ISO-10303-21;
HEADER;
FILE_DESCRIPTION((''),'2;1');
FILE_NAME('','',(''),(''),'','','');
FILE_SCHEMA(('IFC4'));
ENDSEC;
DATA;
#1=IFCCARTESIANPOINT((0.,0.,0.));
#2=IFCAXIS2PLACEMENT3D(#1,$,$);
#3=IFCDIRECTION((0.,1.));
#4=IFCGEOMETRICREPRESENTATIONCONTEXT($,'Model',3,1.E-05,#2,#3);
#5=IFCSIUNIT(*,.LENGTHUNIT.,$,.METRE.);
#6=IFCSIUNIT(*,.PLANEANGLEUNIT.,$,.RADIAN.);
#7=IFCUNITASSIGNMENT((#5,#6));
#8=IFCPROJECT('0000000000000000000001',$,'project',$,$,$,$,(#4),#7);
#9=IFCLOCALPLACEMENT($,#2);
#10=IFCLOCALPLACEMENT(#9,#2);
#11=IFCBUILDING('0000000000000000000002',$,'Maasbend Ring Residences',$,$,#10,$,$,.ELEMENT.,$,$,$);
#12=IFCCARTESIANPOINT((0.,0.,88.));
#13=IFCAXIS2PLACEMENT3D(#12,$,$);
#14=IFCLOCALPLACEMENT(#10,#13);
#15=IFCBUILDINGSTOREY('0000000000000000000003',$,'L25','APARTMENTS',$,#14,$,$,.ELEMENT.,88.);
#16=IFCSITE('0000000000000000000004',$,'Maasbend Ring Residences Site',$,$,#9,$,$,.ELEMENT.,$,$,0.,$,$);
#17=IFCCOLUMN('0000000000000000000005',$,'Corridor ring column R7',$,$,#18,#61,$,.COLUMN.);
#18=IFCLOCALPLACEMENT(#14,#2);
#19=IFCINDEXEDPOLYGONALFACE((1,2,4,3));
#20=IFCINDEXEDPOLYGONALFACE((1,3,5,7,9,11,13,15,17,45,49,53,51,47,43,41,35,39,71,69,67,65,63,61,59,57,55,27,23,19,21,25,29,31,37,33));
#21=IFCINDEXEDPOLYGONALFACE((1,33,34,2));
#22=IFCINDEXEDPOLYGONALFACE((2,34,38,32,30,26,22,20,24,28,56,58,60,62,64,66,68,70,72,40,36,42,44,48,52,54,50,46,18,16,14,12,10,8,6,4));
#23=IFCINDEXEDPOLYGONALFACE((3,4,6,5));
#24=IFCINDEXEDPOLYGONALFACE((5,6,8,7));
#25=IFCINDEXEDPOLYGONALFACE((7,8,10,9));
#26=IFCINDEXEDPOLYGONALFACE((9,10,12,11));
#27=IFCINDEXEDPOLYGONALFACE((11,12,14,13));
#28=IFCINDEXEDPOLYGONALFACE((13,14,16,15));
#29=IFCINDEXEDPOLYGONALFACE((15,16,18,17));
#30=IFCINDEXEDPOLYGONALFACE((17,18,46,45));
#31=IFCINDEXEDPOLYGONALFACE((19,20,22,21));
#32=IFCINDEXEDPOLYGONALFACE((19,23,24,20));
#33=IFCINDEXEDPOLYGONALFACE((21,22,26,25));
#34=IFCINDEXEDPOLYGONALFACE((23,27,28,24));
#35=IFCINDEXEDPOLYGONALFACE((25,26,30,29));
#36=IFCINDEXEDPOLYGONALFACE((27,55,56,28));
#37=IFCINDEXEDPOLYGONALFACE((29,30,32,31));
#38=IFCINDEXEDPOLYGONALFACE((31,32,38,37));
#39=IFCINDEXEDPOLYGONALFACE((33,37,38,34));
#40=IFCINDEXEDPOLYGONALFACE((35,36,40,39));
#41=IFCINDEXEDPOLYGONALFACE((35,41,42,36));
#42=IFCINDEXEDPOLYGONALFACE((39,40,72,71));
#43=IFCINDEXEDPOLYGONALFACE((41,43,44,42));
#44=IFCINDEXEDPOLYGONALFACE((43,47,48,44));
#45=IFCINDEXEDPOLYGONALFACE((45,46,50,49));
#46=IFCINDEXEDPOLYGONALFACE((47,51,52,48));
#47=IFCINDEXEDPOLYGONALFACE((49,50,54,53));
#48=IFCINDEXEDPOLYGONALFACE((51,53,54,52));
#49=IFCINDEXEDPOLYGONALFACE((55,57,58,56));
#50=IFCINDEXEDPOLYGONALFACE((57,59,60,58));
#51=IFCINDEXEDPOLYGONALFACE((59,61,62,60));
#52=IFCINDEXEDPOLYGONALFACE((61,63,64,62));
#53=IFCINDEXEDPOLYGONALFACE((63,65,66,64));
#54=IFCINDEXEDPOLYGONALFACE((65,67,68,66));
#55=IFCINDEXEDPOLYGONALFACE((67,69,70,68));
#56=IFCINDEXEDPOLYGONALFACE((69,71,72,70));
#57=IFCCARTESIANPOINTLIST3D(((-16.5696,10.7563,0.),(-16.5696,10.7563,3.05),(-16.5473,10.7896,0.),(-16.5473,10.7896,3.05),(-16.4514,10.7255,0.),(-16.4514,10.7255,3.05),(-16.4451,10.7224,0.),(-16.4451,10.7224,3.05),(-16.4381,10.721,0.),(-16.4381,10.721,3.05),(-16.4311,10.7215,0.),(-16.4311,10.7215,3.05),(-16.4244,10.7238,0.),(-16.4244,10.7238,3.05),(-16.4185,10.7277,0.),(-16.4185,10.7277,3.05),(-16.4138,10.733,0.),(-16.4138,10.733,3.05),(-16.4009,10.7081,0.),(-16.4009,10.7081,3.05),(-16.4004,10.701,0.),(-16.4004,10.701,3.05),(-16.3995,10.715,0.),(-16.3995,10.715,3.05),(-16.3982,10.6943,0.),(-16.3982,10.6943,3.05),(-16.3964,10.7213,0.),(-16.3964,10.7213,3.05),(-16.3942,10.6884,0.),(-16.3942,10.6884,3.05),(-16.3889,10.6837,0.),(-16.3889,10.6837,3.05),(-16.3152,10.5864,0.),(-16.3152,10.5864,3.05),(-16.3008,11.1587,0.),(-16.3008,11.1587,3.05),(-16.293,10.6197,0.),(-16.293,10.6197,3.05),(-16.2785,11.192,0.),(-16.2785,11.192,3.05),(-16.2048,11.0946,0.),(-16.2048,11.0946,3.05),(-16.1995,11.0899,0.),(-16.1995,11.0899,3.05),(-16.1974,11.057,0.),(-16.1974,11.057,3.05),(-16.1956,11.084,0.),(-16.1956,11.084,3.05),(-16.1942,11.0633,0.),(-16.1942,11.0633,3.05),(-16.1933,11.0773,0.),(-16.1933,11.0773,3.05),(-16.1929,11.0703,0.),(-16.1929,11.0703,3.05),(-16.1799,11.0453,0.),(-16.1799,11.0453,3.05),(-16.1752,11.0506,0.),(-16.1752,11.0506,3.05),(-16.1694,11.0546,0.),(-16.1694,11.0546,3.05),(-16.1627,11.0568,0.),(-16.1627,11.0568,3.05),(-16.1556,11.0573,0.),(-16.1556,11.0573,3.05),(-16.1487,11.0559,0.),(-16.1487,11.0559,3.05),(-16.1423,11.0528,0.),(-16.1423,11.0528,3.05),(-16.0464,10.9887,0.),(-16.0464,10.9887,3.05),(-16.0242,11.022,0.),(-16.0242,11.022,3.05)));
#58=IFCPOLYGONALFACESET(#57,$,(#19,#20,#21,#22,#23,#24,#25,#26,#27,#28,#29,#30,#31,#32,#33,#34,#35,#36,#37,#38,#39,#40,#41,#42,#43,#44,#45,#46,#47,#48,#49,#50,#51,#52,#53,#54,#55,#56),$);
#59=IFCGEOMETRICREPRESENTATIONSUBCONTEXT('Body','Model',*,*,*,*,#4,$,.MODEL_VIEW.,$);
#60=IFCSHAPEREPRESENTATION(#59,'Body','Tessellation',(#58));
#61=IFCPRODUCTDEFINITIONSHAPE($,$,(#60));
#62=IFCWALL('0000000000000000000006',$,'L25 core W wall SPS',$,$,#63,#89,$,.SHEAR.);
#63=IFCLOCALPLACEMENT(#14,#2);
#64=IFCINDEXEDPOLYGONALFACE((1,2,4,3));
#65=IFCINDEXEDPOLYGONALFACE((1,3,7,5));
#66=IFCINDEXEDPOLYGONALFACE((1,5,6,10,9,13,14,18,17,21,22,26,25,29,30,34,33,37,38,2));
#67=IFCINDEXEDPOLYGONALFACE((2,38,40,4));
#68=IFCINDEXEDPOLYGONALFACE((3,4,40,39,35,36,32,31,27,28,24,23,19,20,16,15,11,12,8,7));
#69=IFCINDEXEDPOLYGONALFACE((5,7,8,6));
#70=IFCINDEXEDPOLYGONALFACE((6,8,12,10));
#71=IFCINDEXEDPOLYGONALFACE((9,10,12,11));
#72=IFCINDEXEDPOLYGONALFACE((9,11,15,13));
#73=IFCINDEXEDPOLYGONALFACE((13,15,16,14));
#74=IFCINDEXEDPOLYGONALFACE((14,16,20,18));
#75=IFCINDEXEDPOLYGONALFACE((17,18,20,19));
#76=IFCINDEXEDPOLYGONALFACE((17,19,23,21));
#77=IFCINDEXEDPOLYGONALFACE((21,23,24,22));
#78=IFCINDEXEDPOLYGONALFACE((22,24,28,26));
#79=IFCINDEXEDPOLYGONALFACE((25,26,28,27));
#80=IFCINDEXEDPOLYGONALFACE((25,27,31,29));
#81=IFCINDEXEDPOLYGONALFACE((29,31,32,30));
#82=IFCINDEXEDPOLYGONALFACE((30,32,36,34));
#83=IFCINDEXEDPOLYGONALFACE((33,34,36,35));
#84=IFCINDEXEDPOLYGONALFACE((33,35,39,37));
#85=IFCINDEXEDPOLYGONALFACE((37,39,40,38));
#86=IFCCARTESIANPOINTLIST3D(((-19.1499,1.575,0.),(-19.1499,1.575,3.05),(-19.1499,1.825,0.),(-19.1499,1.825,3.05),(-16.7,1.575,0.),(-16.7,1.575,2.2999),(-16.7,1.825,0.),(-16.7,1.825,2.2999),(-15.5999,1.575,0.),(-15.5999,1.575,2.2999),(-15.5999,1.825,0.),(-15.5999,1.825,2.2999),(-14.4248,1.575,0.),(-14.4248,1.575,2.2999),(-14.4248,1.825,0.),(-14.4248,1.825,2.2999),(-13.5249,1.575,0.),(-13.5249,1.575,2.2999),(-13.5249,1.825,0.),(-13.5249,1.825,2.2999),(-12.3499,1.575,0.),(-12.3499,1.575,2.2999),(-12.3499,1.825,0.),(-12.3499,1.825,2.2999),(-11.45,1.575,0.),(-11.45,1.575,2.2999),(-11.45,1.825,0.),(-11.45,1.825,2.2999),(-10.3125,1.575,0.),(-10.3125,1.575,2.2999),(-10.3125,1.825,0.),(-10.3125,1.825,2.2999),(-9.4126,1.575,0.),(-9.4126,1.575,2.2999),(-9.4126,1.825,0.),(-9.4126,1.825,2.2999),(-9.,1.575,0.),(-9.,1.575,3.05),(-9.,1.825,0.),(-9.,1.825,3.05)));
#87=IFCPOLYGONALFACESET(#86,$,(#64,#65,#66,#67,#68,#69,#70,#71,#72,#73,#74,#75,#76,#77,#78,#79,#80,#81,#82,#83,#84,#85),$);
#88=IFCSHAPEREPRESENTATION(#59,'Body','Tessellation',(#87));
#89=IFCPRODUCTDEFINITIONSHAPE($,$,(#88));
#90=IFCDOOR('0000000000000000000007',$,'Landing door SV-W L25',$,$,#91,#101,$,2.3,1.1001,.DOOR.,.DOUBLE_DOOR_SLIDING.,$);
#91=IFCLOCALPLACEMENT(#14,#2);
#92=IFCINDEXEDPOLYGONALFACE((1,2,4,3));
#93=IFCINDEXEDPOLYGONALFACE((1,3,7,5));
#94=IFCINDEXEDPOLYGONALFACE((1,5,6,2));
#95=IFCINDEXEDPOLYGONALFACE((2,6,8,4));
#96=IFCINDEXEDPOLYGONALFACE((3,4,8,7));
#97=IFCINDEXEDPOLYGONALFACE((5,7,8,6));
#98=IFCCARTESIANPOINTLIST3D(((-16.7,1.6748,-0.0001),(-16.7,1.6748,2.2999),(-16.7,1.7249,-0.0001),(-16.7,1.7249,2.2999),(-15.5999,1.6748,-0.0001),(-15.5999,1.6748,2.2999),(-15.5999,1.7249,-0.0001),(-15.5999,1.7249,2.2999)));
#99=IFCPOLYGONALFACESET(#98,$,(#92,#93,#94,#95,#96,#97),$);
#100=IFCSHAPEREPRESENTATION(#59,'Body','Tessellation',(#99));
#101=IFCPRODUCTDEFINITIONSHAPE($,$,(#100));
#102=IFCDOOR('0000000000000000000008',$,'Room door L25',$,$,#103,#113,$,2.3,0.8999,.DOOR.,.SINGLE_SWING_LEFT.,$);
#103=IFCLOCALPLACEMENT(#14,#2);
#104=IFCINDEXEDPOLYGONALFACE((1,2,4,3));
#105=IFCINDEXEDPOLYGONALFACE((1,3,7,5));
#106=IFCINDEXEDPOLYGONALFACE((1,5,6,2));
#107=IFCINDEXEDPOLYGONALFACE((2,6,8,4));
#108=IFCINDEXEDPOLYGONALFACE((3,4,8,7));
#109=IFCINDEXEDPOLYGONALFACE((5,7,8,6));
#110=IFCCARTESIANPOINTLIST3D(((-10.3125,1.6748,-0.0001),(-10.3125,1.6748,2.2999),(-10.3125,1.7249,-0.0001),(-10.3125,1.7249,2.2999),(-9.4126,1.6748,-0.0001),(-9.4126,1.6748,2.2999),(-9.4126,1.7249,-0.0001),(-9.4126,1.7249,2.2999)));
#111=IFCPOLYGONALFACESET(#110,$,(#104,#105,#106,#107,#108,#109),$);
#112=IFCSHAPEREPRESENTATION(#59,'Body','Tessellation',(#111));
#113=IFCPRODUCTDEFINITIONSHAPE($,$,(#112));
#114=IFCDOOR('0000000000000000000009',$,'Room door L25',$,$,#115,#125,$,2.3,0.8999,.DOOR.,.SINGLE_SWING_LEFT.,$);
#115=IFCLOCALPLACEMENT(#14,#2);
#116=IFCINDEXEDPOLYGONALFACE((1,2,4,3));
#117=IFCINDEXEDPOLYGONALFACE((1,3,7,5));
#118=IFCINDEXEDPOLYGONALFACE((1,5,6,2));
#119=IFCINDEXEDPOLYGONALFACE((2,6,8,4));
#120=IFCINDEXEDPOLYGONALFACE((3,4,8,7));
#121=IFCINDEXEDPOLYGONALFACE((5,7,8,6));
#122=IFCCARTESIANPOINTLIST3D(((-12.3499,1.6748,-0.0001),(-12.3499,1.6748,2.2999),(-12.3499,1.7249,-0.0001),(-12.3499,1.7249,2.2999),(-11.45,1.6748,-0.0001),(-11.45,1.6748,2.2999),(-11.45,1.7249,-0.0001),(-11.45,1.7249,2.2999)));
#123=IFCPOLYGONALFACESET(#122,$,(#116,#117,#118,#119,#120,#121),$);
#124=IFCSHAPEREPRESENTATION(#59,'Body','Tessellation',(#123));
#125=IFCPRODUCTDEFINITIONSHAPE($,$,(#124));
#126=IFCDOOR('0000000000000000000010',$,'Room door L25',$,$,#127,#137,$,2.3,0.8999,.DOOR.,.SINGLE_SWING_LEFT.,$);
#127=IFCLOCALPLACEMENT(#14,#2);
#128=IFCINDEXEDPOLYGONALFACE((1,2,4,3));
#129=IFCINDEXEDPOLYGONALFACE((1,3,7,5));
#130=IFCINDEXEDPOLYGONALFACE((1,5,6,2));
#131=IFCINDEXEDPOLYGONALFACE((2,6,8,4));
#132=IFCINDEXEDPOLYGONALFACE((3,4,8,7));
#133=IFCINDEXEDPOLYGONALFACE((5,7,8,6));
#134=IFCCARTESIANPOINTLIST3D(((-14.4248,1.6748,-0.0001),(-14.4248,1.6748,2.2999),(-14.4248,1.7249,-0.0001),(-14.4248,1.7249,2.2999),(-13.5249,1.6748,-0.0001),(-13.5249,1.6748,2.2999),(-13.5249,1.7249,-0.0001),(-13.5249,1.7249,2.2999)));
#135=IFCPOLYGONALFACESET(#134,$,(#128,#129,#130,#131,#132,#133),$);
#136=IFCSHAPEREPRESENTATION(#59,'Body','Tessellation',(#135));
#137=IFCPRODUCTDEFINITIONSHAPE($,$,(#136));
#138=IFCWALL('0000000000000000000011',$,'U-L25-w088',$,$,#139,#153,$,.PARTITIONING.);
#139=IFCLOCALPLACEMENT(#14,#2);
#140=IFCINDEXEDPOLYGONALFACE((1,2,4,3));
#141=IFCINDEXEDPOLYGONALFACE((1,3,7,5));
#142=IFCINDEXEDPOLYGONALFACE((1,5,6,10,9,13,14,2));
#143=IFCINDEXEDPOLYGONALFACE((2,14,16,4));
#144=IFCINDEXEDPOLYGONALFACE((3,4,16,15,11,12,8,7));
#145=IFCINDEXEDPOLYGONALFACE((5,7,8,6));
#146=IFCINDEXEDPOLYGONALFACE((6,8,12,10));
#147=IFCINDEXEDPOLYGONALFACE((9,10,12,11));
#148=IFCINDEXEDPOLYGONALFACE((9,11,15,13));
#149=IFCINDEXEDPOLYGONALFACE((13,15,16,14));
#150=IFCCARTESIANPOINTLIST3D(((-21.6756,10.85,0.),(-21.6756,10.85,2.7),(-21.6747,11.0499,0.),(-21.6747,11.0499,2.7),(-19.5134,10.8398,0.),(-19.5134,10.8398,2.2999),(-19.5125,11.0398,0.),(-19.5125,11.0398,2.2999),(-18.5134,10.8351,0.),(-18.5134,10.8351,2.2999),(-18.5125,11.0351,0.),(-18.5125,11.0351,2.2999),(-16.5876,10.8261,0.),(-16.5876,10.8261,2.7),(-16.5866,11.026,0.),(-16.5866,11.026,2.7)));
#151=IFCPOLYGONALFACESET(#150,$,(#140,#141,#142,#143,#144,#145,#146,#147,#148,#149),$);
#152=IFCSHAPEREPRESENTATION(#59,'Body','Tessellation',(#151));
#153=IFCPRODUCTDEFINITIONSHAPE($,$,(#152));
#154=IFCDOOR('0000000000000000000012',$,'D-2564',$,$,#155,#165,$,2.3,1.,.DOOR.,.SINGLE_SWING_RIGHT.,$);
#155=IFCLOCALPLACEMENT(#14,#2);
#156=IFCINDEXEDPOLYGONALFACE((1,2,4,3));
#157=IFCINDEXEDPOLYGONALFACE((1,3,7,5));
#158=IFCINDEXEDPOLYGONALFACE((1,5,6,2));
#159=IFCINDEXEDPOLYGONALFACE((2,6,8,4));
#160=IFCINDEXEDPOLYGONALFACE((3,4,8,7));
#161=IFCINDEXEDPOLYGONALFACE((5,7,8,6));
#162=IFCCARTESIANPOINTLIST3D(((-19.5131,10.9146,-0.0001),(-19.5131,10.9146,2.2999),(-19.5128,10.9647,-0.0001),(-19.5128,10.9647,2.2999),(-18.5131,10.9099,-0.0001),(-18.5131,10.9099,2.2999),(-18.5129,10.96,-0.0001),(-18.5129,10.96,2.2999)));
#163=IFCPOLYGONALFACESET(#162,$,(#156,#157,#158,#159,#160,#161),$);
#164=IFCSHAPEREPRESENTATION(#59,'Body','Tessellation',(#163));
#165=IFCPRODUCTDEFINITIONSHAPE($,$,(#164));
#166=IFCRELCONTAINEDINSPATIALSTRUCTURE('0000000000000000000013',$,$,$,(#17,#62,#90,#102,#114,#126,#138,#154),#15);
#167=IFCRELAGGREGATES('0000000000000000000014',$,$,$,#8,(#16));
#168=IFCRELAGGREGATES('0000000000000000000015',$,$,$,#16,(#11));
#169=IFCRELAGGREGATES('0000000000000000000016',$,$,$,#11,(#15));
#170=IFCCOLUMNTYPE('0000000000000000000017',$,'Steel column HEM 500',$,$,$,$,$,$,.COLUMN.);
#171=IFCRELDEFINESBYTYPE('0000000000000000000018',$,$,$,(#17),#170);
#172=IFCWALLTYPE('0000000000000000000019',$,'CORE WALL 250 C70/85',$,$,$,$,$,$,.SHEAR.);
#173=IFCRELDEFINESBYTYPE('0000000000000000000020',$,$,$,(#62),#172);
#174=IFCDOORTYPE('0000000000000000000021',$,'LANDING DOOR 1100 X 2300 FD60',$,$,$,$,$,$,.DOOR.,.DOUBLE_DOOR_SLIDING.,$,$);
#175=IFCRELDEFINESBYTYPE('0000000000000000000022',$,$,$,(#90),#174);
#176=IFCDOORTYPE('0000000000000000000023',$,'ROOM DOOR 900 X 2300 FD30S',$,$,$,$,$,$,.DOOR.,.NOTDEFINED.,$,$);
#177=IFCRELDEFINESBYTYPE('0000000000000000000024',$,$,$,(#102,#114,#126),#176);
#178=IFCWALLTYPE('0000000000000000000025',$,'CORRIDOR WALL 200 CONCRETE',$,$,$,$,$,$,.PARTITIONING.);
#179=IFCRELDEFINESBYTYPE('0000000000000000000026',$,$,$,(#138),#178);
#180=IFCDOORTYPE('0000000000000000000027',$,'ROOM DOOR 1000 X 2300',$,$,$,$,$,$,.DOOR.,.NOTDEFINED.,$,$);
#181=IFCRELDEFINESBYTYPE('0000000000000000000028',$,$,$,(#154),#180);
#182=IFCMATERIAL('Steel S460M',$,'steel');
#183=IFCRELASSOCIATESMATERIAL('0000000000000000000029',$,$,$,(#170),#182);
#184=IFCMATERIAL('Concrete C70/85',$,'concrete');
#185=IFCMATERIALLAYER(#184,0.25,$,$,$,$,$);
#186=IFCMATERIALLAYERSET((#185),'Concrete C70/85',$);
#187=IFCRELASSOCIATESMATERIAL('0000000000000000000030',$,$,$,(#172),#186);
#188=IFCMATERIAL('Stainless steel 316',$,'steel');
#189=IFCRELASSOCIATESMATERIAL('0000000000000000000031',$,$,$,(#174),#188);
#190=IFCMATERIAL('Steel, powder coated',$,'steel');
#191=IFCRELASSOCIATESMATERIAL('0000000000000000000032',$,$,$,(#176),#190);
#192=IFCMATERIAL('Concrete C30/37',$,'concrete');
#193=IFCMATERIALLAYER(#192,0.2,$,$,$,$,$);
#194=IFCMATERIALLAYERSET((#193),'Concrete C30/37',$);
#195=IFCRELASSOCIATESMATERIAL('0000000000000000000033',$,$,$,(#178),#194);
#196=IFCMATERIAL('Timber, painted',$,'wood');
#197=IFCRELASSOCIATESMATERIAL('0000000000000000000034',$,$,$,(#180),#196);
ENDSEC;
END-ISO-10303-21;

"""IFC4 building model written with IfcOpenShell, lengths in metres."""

from ifc_helpers import new_model, si_unit, direction, frame, frame_2d, origin, origin_2d, place, context, subcontext, project, spatial, rectangle, i_section, extrude, material, layer, layer_set, material_profile, profile_set, type_object, element, fill, save


model = new_model("IFC4")

# Units and contexts
model_context = context("Model", 3, precision=1e-05, world=origin(), true_north=direction((0.0, 1.0)))
body_context = subcontext(model_context, "Body", "Model", "MODEL_VIEW")
ifc_project = project(units=[si_unit("LENGTHUNIT", "METRE"), si_unit("PLANEANGLEUNIT", "RADIAN")], contexts=[model_context])

# Site, building, storey
site_placement = place(None, origin())
site = spatial("IfcSite", under=ifc_project, at=site_placement, Name="Maasbend Ring Residences Site", CompositionType="ELEMENT", RefElevation=0.0)
building_placement = place(site_placement, origin())
building = spatial("IfcBuilding", under=site, at=building_placement, Name="Maasbend Ring Residences", CompositionType="ELEMENT")
storey_placement = place(building_placement, frame((0.0, 0.0, 88.0)))
storey = spatial("IfcBuildingStorey", under=building, at=storey_placement, Name="L25", Description="APARTMENTS", CompositionType="ELEMENT", Elevation=88.0)

# Column
ifc_material_1 = material(Name="Steel S460M", Category="steel")
ifc_material_profile = material_profile(ifc_material_1, i_section(OverallWidth=0.3059, OverallDepth=0.5239, WebThickness=0.021, FlangeThickness=0.04, FilletRadius=0.0271, at=origin_2d()), Name="HEM 500")
ifc_profile_set = profile_set([ifc_material_profile], Name="Steel S460M")
column_type = type_object("IfcColumnType", Name="Steel column HEM 500", PredefinedType="COLUMN", material=ifc_profile_set)
column_placement = place(storey_placement, frame((-16.2969, 10.8892, 0.0), z_axis=(0.0, 0.0, 1.0), x_axis=(-0.83147, 0.55557, 0.0)))
element("IfcColumn", 1, at=column_placement, inside=storey, type_object=column_type, Name="Corridor ring column R7", PredefinedType="COLUMN", context=body_context, shape_type="SweptSolid", body=[
    extrude(i_section(OverallWidth=0.3059, OverallDepth=0.5239, WebThickness=0.021, FlangeThickness=0.04, FilletRadius=0.0271, at=origin_2d()), origin(), (0.0, 0.0, 1.0), 3.05),
])

# Wall, openings, doors
ifc_material_2 = material(Name="Concrete C70/85", Category="concrete")
ifc_layer_1 = layer(ifc_material_2, 0.25)
ifc_layer_set_1 = layer_set([ifc_layer_1], Name="Concrete C70/85")
wall_type_1 = type_object("IfcWallType", Name="CORE WALL 250 C70/85", PredefinedType="SHEAR", material=ifc_layer_set_1)
wall_1_placement = place(storey_placement, frame((-19.1499, 1.7, 0.0), z_axis=(0.0, 0.0, 1.0), x_axis=(1.0, 0.0, 0.0)))
wall_1 = element("IfcWall", 2, at=wall_1_placement, inside=storey, type_object=wall_type_1, Name="L25 core W wall SPS", PredefinedType="SHEAR", context=body_context, shape_type="SweptSolid", body=[
    extrude(rectangle(XDim=10.1499, YDim=0.25, at=frame_2d((5.075, 0.0))), origin(), (0.0, 0.0, 1.0), 3.05),
])
opening_1_placement = place(wall_1_placement, frame((2.45, 0.0, 0.0)))
opening_1 = element("IfcOpeningElement", 3, at=opening_1_placement, cuts=wall_1, PredefinedType="OPENING", context=body_context, shape_type="SweptSolid", body=[
    extrude(rectangle(XDim=1.1001, YDim=2.3, at=frame_2d((0.55, 1.1499))), frame((0.0, 0.135, 0.0), z_axis=(0.0, -1.0, 0.0), x_axis=(1.0, 0.0, 0.0)), (0.0, 0.0, 1.0), 0.27),
])
opening_2_placement = place(wall_1_placement, frame((8.8374, 0.0, 0.0)))
opening_2 = element("IfcOpeningElement", 4, at=opening_2_placement, cuts=wall_1, PredefinedType="OPENING", context=body_context, shape_type="SweptSolid", body=[
    extrude(rectangle(XDim=0.8999, YDim=2.3, at=frame_2d((0.45, 1.1499))), frame((0.0, 0.135, 0.0), z_axis=(0.0, -1.0, 0.0), x_axis=(1.0, 0.0, 0.0)), (0.0, 0.0, 1.0), 0.27),
])
opening_3_placement = place(wall_1_placement, frame((6.8, 0.0, 0.0)))
opening_3 = element("IfcOpeningElement", 5, at=opening_3_placement, cuts=wall_1, PredefinedType="OPENING", context=body_context, shape_type="SweptSolid", body=[
    extrude(rectangle(XDim=0.8999, YDim=2.3, at=frame_2d((0.45, 1.1499))), frame((0.0, 0.135, 0.0), z_axis=(0.0, -1.0, 0.0), x_axis=(1.0, 0.0, 0.0)), (0.0, 0.0, 1.0), 0.27),
])
opening_4_placement = place(wall_1_placement, frame((4.7251, 0.0, 0.0)))
opening_4 = element("IfcOpeningElement", 6, at=opening_4_placement, cuts=wall_1, PredefinedType="OPENING", context=body_context, shape_type="SweptSolid", body=[
    extrude(rectangle(XDim=0.8999, YDim=2.3, at=frame_2d((0.45, 1.1499))), frame((0.0, 0.135, 0.0), z_axis=(0.0, -1.0, 0.0), x_axis=(1.0, 0.0, 0.0)), (0.0, 0.0, 1.0), 0.27),
])
ifc_material_3 = material(Name="Stainless steel 316", Category="steel")
door_type_1 = type_object("IfcDoorType", Name="LANDING DOOR 1100 X 2300 FD60", OperationType="DOUBLE_DOOR_SLIDING", PredefinedType="DOOR", material=ifc_material_3)
door_1_placement = place(opening_1_placement, origin())
door_1 = element("IfcDoor", 7, at=door_1_placement, inside=storey, type_object=door_type_1, Name="Landing door SV-W L25", OperationType="DOUBLE_DOOR_SLIDING", OverallHeight=2.3, OverallWidth=1.1001, PredefinedType="DOOR", context=body_context, shape_type="SweptSolid", body=[
    extrude(rectangle(XDim=1.1001, YDim=2.3, at=frame_2d((0.55, 1.1499))), frame((0.0, 0.0249, 0.0), z_axis=(0.0, -1.0, 0.0), x_axis=(1.0, 0.0, 0.0)), (0.0, 0.0, 1.0), 0.05),
])
fill(opening_1, door_1)
ifc_material_4 = material(Name="Steel, powder coated", Category="steel")
door_type_2 = type_object("IfcDoorType", Name="ROOM DOOR 900 X 2300 FD30S", OperationType="NOTDEFINED", PredefinedType="DOOR", material=ifc_material_4)
door_2_placement = place(opening_2_placement, origin())
door_2 = element("IfcDoor", 8, at=door_2_placement, inside=storey, type_object=door_type_2, Name="Room door L25", OperationType="SINGLE_SWING_LEFT", OverallHeight=2.3, OverallWidth=0.8999, PredefinedType="DOOR", context=body_context, shape_type="SweptSolid", body=[
    extrude(rectangle(XDim=0.8999, YDim=2.3, at=frame_2d((0.45, 1.1499))), frame((0.0, 0.0249, 0.0), z_axis=(0.0, -1.0, 0.0), x_axis=(1.0, 0.0, 0.0)), (0.0, 0.0, 1.0), 0.05),
])
fill(opening_2, door_2)
door_3_placement = place(opening_3_placement, origin())
door_3 = element("IfcDoor", 9, at=door_3_placement, inside=storey, type_object=door_type_2, Name="Room door L25", OperationType="SINGLE_SWING_LEFT", OverallHeight=2.3, OverallWidth=0.8999, PredefinedType="DOOR", context=body_context, shape_type="SweptSolid", body=[
    extrude(rectangle(XDim=0.8999, YDim=2.3, at=frame_2d((0.45, 1.1499))), frame((0.0, 0.0249, 0.0), z_axis=(0.0, -1.0, 0.0), x_axis=(1.0, 0.0, 0.0)), (0.0, 0.0, 1.0), 0.05),
])
fill(opening_3, door_3)
door_4_placement = place(opening_4_placement, origin())
door_4 = element("IfcDoor", 10, at=door_4_placement, inside=storey, type_object=door_type_2, Name="Room door L25", OperationType="SINGLE_SWING_LEFT", OverallHeight=2.3, OverallWidth=0.8999, PredefinedType="DOOR", context=body_context, shape_type="SweptSolid", body=[
    extrude(rectangle(XDim=0.8999, YDim=2.3, at=frame_2d((0.45, 1.1499))), frame((0.0, 0.0249, 0.0), z_axis=(0.0, -1.0, 0.0), x_axis=(1.0, 0.0, 0.0)), (0.0, 0.0, 1.0), 0.05),
])
fill(opening_4, door_4)

# Wall, opening, door
ifc_material_5 = material(Name="Concrete C30/37", Category="concrete")
ifc_layer_2 = layer(ifc_material_5, 0.2)
ifc_layer_set_2 = layer_set([ifc_layer_2], Name="Concrete C30/37")
wall_type_2 = type_object("IfcWallType", Name="CORRIDOR WALL 200 CONCRETE", PredefinedType="PARTITIONING", material=ifc_layer_set_2)
wall_2_placement = place(storey_placement, frame((-21.675, 10.95, 0.0), z_axis=(0.0, 0.0, 1.0), x_axis=(0.999989, -0.004702, 0.0)))
wall_2 = element("IfcWall", 11, at=wall_2_placement, inside=storey, type_object=wall_type_2, Name="U-L25-w088", PredefinedType="PARTITIONING", context=body_context, shape_type="SweptSolid", body=[
    extrude(rectangle(XDim=5.0881, YDim=0.2, at=frame_2d((2.5439, 0.0))), origin(), (0.0, 0.0, 1.0), 2.7),
])
opening_5_placement = place(wall_2_placement, frame((2.1621, 0.0, 0.0)))
opening_5 = element("IfcOpeningElement", 12, at=opening_5_placement, cuts=wall_2, PredefinedType="OPENING", context=body_context, shape_type="SweptSolid", body=[
    extrude(rectangle(XDim=1.0, YDim=2.3, at=frame_2d((0.5, 1.1499))), frame((0.0, 0.1099, 0.0), z_axis=(0.0, -1.0, 0.0), x_axis=(1.0, 0.0, 0.0)), (0.0, 0.0, 1.0), 0.22),
])
ifc_material_6 = material(Name="Timber, painted", Category="wood")
door_type_3 = type_object("IfcDoorType", Name="ROOM DOOR 1000 X 2300", OperationType="NOTDEFINED", PredefinedType="DOOR", material=ifc_material_6)
door_5_placement = place(opening_5_placement, origin())
door_5 = element("IfcDoor", 13, at=door_5_placement, inside=storey, type_object=door_type_3, Name="D-2564", OperationType="SINGLE_SWING_RIGHT", OverallHeight=2.3, OverallWidth=1.0, PredefinedType="DOOR", context=body_context, shape_type="SweptSolid", body=[
    extrude(rectangle(XDim=1.0, YDim=2.3, at=frame_2d((0.5, 1.1499))), frame((0.0, 0.0249, 0.0), z_axis=(0.0, -1.0, 0.0), x_axis=(1.0, 0.0, 0.0)), (0.0, 0.0, 1.0), 0.05),
])
fill(opening_5, door_5)

save(model, "model.ifc")
